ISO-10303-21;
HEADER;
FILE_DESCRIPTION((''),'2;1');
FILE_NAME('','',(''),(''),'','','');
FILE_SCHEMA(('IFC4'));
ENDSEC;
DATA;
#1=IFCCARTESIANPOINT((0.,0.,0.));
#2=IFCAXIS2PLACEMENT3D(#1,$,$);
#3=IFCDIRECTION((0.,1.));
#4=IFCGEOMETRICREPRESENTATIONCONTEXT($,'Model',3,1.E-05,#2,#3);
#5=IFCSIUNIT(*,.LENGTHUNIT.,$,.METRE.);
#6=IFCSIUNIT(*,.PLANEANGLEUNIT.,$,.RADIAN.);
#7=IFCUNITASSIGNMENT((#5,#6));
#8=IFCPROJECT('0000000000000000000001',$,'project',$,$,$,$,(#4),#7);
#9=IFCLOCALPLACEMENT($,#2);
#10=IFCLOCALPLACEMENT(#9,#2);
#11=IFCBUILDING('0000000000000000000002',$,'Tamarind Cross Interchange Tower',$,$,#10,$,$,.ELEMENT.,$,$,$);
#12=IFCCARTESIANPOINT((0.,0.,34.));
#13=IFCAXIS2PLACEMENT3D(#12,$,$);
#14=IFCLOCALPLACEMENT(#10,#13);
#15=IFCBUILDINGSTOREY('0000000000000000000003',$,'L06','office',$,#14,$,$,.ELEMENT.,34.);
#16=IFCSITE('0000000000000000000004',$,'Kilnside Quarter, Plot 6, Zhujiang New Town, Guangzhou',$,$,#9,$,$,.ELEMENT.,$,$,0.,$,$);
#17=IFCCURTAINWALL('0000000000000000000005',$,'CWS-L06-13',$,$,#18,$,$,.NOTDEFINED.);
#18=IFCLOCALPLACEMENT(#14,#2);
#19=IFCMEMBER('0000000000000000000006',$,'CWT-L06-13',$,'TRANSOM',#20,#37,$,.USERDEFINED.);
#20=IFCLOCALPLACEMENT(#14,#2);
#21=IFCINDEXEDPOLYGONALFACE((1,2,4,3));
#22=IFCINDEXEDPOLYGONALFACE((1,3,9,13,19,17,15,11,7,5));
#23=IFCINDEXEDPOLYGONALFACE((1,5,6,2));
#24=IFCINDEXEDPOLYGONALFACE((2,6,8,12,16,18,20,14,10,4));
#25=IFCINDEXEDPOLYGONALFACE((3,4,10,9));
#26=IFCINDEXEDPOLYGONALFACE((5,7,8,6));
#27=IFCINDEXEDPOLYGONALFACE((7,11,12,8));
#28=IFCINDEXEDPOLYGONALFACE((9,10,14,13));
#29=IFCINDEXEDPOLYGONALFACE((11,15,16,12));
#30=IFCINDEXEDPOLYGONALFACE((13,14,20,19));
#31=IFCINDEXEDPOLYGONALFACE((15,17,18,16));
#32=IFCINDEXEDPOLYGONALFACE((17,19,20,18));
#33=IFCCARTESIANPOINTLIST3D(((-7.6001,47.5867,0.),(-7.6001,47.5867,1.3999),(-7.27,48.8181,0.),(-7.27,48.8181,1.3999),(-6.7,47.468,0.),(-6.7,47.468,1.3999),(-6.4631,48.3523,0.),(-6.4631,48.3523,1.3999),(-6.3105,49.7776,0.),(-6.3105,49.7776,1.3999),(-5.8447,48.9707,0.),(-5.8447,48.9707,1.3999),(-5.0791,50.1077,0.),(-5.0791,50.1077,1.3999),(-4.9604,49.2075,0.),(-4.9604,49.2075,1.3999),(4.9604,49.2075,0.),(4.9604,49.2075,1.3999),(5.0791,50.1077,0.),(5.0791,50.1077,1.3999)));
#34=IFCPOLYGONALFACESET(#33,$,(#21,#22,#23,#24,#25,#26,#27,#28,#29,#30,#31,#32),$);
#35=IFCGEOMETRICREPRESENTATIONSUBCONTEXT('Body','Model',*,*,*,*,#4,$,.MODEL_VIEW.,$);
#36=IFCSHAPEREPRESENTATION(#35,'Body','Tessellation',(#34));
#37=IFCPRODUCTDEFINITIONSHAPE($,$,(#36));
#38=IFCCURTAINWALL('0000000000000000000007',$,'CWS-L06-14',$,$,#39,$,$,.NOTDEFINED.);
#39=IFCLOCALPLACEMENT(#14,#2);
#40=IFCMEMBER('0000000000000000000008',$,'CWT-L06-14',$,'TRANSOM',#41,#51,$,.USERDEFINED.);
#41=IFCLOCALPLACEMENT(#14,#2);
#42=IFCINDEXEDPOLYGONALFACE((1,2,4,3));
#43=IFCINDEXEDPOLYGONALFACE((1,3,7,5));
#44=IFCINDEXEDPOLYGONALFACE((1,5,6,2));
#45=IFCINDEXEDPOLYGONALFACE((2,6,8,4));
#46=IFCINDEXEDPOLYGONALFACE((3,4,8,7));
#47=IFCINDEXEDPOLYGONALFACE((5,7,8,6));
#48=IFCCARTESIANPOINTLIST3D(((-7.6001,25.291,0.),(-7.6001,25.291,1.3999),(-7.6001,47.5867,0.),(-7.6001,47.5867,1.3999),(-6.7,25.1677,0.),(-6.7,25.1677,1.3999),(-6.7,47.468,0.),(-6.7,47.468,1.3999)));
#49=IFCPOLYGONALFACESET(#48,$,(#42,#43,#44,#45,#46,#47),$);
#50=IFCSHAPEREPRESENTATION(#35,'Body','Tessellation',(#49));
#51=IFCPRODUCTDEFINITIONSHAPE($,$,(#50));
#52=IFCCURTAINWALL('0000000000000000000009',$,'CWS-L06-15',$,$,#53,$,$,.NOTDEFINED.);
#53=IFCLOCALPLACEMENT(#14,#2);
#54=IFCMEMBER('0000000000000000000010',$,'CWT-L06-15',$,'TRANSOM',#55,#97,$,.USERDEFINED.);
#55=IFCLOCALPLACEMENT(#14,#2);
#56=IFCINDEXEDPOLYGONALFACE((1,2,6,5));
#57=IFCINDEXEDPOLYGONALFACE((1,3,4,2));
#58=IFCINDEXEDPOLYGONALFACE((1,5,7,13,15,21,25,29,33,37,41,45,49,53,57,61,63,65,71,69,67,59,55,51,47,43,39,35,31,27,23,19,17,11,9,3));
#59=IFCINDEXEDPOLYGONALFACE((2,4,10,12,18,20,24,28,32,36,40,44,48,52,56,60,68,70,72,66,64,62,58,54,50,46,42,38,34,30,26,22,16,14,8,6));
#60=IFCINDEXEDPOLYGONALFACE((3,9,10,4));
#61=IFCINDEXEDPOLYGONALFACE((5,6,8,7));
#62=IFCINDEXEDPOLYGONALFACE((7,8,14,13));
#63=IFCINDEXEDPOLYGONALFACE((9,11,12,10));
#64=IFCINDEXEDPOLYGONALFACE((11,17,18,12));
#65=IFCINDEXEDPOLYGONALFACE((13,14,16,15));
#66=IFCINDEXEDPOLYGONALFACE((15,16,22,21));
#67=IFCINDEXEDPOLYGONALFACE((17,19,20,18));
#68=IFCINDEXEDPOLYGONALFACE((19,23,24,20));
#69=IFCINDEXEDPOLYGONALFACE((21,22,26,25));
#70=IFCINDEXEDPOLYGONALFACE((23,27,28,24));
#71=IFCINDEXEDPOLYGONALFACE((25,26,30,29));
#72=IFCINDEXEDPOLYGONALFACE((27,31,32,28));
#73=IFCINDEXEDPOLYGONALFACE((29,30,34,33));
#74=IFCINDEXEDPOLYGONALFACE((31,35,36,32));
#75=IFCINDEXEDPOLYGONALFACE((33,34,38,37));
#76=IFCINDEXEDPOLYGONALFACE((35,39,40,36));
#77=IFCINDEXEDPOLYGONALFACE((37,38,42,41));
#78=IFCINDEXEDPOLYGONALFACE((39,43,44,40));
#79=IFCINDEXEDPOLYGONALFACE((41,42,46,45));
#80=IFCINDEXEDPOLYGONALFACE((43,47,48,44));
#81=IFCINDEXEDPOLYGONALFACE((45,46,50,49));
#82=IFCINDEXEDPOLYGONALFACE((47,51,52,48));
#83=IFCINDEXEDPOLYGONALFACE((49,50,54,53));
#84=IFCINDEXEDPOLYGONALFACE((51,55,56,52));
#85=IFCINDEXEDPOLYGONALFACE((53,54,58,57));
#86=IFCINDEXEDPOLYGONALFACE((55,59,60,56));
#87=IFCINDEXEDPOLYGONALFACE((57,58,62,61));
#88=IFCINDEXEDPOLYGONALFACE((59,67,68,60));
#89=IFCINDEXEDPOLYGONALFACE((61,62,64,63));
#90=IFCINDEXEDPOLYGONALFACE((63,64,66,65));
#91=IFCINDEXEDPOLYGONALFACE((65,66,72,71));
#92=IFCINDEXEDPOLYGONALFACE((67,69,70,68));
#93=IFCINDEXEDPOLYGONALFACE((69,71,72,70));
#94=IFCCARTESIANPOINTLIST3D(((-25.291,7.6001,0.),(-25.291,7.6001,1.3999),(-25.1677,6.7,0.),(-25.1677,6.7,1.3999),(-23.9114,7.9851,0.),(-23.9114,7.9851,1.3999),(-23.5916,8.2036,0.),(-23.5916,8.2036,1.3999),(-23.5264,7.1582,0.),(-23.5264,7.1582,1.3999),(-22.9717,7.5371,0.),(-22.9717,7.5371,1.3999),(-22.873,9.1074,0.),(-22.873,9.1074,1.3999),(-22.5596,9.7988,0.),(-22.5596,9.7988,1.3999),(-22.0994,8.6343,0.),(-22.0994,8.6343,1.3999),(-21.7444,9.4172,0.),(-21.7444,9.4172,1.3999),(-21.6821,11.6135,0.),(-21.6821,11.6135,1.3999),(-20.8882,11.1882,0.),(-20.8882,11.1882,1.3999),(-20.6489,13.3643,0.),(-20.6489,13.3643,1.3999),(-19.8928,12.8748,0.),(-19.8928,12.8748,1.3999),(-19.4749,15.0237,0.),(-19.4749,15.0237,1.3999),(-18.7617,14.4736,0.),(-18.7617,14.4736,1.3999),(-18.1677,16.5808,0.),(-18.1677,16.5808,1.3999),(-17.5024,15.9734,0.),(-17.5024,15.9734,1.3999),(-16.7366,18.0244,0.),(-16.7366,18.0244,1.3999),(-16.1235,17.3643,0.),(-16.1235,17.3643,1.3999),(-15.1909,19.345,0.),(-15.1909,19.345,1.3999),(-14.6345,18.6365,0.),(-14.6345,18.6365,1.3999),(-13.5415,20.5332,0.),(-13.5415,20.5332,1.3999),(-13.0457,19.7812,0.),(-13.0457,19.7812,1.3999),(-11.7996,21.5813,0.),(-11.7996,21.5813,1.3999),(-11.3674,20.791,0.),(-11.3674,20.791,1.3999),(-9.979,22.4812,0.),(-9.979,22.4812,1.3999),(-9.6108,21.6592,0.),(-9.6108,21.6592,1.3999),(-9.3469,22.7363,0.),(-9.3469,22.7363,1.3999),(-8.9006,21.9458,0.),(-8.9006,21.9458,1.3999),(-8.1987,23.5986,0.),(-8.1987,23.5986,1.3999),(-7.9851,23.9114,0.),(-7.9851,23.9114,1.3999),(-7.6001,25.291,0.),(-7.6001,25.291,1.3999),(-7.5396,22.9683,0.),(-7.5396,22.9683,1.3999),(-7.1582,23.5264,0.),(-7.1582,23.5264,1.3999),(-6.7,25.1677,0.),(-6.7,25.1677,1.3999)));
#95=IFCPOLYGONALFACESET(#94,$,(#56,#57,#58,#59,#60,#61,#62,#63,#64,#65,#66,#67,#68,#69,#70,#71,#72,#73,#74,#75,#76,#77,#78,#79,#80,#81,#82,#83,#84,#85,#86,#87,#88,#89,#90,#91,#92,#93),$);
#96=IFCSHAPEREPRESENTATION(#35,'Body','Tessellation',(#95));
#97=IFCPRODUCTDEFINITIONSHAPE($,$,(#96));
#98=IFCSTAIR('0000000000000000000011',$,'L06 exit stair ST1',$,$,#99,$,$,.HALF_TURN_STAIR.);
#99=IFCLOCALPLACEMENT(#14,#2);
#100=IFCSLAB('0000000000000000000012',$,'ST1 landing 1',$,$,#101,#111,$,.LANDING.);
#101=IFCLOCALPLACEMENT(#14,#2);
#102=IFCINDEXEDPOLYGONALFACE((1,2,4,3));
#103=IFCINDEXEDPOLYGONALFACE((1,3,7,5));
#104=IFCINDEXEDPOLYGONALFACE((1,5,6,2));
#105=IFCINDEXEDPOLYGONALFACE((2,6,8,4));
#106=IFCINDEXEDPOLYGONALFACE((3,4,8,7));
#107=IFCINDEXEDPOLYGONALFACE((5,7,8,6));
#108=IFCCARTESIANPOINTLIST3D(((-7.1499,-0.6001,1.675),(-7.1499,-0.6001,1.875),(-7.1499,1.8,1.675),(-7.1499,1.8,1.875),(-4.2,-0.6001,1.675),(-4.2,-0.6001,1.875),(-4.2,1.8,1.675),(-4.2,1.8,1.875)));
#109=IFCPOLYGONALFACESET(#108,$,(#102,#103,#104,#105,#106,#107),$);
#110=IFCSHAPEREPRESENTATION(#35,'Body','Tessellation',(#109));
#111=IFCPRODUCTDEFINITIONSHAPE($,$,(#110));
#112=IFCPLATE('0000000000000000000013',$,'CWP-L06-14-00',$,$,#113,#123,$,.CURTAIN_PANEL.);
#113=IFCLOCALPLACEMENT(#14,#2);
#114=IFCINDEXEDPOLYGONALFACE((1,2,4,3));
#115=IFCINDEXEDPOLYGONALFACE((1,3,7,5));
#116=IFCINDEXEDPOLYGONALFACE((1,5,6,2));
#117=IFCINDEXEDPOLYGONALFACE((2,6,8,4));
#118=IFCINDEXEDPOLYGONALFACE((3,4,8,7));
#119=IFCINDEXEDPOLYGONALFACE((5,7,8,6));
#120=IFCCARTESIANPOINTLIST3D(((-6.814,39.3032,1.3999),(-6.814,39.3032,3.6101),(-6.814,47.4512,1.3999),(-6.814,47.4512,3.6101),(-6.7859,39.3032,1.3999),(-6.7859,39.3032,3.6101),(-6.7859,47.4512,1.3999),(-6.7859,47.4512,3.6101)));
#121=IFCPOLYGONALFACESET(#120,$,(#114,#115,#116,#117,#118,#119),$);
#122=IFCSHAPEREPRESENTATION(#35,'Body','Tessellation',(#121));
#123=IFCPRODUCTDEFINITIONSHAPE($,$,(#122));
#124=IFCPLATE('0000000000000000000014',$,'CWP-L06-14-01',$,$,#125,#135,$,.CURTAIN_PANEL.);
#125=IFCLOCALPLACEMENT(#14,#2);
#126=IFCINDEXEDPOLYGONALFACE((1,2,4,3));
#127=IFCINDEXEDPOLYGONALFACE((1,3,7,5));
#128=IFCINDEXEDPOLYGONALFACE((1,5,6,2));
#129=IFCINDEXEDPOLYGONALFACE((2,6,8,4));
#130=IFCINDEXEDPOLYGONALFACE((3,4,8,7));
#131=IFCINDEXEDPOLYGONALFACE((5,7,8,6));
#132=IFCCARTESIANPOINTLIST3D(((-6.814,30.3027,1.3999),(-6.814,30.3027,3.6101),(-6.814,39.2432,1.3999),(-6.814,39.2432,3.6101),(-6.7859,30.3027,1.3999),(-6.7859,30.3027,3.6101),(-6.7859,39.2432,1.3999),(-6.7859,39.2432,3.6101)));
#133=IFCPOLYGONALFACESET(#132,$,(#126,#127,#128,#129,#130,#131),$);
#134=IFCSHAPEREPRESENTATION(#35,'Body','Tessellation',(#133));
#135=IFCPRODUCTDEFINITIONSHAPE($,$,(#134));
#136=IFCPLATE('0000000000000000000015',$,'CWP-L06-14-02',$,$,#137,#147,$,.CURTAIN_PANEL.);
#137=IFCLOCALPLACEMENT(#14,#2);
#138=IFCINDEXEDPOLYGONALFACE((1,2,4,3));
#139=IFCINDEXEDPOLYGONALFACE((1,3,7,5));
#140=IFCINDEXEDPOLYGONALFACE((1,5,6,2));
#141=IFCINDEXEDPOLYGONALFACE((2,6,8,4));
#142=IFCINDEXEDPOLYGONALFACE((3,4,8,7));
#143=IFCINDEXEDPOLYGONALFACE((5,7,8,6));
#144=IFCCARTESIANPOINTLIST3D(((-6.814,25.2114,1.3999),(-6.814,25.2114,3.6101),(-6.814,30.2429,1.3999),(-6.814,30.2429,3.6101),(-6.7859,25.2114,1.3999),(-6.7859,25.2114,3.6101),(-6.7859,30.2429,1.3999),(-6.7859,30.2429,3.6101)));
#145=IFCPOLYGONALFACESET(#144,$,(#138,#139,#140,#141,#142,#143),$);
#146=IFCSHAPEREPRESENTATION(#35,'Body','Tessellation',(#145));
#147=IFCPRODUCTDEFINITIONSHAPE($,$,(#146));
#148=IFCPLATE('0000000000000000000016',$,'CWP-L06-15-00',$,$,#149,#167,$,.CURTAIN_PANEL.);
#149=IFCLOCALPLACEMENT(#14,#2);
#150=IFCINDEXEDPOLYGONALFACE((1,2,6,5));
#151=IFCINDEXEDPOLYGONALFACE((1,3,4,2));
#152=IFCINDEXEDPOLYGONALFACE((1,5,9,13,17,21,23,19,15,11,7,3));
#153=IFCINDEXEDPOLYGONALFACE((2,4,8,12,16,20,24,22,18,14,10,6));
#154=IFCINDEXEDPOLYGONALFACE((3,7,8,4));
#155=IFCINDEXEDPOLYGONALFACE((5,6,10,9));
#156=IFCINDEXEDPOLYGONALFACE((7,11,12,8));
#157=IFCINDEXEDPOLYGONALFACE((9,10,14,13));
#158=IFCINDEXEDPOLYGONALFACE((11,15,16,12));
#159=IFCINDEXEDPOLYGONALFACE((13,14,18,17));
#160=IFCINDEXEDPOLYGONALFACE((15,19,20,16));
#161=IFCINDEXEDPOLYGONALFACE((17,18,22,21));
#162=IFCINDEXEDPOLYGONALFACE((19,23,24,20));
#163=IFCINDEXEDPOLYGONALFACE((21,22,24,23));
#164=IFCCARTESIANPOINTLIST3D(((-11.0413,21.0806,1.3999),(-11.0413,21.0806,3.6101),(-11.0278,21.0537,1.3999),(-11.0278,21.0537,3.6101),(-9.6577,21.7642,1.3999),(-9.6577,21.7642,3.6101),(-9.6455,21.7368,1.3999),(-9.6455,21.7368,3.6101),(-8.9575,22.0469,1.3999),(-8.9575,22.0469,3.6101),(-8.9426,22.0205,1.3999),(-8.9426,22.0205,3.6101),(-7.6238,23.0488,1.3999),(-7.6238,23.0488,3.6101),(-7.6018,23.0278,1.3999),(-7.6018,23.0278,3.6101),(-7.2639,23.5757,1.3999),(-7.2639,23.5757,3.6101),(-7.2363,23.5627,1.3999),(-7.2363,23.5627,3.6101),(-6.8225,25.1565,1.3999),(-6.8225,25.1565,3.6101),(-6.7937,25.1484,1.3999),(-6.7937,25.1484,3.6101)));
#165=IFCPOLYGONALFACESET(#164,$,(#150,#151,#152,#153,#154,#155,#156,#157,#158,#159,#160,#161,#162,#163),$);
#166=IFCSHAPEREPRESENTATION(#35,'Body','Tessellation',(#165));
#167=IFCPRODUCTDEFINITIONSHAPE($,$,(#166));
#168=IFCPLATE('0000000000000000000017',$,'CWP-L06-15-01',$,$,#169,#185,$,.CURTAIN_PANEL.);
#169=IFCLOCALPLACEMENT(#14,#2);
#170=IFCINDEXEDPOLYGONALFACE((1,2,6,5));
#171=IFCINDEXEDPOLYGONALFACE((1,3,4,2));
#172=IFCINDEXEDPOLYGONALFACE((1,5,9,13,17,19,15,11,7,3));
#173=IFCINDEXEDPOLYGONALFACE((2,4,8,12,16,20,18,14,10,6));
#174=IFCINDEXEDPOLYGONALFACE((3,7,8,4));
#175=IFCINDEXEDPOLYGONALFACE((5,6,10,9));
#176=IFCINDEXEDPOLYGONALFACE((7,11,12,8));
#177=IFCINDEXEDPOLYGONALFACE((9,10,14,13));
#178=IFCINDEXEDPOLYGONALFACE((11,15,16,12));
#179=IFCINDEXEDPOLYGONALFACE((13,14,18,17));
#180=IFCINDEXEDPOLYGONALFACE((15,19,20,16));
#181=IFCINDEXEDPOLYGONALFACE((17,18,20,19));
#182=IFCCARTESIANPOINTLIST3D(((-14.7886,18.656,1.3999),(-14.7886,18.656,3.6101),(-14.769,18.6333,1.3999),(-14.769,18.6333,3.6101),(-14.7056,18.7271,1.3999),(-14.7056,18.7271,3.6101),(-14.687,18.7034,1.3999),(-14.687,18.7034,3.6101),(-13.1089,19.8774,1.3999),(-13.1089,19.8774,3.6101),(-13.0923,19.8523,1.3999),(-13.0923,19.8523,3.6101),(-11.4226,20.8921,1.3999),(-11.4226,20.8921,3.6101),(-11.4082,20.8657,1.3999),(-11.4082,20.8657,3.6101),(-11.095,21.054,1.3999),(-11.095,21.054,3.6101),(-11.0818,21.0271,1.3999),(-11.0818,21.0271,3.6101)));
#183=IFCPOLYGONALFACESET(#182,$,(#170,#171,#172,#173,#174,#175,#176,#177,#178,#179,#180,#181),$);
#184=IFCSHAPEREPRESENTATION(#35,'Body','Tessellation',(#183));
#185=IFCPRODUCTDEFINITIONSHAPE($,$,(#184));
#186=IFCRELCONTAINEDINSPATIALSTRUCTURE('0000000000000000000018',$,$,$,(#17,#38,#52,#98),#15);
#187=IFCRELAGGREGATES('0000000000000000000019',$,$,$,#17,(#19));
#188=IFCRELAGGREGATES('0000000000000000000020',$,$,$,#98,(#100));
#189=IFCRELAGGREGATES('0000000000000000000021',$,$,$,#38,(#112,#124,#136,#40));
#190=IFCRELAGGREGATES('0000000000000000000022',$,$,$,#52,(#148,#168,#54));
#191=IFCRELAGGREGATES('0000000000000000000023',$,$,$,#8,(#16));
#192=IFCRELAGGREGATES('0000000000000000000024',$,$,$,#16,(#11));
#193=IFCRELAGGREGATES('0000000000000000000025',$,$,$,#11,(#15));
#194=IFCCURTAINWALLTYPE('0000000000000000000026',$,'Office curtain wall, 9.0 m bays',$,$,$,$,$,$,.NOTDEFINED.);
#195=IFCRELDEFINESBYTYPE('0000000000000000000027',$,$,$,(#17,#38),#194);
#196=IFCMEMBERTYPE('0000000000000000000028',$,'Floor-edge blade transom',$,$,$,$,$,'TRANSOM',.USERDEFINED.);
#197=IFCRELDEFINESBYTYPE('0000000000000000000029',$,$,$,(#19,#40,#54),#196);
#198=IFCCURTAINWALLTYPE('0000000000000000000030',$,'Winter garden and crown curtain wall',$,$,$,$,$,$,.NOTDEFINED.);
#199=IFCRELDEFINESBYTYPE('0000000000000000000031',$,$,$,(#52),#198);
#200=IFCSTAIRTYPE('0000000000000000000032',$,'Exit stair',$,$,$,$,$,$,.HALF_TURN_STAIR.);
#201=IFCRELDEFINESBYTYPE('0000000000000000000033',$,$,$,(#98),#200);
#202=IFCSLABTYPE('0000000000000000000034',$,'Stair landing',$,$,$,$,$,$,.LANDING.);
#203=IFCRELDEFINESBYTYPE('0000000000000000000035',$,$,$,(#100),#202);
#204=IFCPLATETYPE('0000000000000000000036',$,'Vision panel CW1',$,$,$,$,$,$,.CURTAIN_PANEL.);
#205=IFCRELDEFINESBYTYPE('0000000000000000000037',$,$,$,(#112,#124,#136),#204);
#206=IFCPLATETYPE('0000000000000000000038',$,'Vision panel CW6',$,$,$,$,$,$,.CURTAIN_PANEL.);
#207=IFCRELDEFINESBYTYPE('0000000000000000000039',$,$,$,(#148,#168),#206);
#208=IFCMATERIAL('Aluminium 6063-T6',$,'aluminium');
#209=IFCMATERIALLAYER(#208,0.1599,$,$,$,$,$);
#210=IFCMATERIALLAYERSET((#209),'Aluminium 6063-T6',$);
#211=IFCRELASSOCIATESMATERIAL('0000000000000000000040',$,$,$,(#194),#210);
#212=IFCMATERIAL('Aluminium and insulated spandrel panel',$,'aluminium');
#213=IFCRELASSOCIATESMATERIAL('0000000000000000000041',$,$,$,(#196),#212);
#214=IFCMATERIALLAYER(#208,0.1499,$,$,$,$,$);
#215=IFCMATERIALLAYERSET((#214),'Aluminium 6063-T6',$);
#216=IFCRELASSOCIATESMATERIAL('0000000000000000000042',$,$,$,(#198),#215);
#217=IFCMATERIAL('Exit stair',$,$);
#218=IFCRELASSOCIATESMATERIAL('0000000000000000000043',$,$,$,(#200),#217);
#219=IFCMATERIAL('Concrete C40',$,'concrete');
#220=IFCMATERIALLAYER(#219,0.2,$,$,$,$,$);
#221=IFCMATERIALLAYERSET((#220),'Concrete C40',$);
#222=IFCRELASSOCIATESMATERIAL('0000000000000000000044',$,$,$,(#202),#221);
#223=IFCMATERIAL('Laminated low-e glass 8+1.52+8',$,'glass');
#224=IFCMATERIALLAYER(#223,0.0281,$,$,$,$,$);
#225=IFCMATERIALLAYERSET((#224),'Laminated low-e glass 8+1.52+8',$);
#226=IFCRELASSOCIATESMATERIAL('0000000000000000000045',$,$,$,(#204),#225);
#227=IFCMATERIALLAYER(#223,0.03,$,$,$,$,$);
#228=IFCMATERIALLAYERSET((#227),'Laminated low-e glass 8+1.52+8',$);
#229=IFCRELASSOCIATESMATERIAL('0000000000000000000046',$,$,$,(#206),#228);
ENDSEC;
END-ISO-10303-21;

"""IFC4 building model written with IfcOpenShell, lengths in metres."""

from ifc_helpers import new_model, si_unit, direction, frame, origin, place, context, subcontext, project, spatial, polyline, outline, extrude, material, layer, layer_set, type_object, element, aggregate, save


model = new_model("IFC4")

# Units and contexts
model_context = context("Model", 3, precision=1e-05, world=origin(), true_north=direction((0.0, 1.0)))
body_context = subcontext(model_context, "Body", "Model", "MODEL_VIEW")
ifc_project = project(units=[si_unit("LENGTHUNIT", "METRE"), si_unit("PLANEANGLEUNIT", "RADIAN")], contexts=[model_context])

# Site, building, storey
site_placement = place(None, origin())
site = spatial("IfcSite", under=ifc_project, at=site_placement, Name="Kilnside Quarter, Plot 6, Zhujiang New Town, Guangzhou", CompositionType="ELEMENT", RefElevation=0.0)
building_placement = place(site_placement, origin())
building = spatial("IfcBuilding", under=site, at=building_placement, Name="Tamarind Cross Interchange Tower", CompositionType="ELEMENT")
storey_placement = place(building_placement, frame((0.0, 0.0, 34.0)))
storey = spatial("IfcBuildingStorey", under=building, at=storey_placement, Name="L06", Description="office", CompositionType="ELEMENT", Elevation=34.0)

# Curtain walls, members
ifc_material_1 = material(Name="Aluminium 6063-T6", Category="aluminium")
ifc_layer_1 = layer(ifc_material_1, 0.1599)
ifc_layer_set_1 = layer_set([ifc_layer_1], Name="Aluminium 6063-T6")
curtain_wall_type_1 = type_object("IfcCurtainWallType", Name="Office curtain wall, 9.0 m bays", PredefinedType="NOTDEFINED", material=ifc_layer_set_1)
curtain_wall_1_placement = place(storey_placement, origin())
curtain_wall_1 = element("IfcCurtainWall", 1, at=curtain_wall_1_placement, inside=storey, type_object=curtain_wall_type_1, Name="CWS-L06-13", PredefinedType="NOTDEFINED")
ifc_material_2 = material(Name="Aluminium and insulated spandrel panel", Category="aluminium")
member_type = type_object("IfcMemberType", Name="Floor-edge blade transom", ElementType="TRANSOM", PredefinedType="USERDEFINED", material=ifc_material_2)
member_1_placement = place(storey_placement, origin())
member_1 = element("IfcMember", 2, at=member_1_placement, type_object=member_type, Name="CWT-L06-13", ObjectType="TRANSOM", PredefinedType="USERDEFINED", context=body_context, shape_type="SweptSolid", body=[
    extrude(outline(polyline([(4.9604, 49.2075), (-4.9604, 49.2075), (-5.8447, 48.9707), (-6.4631, 48.3523), (-6.7, 47.468), (-7.6001, 47.5867), (-7.27, 48.8181), (-6.3105, 49.7776), (-5.0791, 50.1077), (5.0791, 50.1077), (4.9604, 49.2075)])), origin(), (0.0, 0.0, 1.0), 1.3999),
])
aggregate(curtain_wall_1, [member_1])
curtain_wall_2_placement = place(storey_placement, origin())
curtain_wall_2 = element("IfcCurtainWall", 3, at=curtain_wall_2_placement, inside=storey, type_object=curtain_wall_type_1, Name="CWS-L06-14", PredefinedType="NOTDEFINED")
member_2_placement = place(storey_placement, origin())
member_2 = element("IfcMember", 4, at=member_2_placement, type_object=member_type, Name="CWT-L06-14", ObjectType="TRANSOM", PredefinedType="USERDEFINED", context=body_context, shape_type="SweptSolid", body=[
    extrude(outline(polyline([(-6.7, 47.468), (-6.7, 25.1677), (-7.6001, 25.291), (-7.6001, 47.5867), (-6.7, 47.468)])), origin(), (0.0, 0.0, 1.0), 1.3999),
])
ifc_layer_2 = layer(ifc_material_1, 0.1499)
ifc_layer_set_2 = layer_set([ifc_layer_2], Name="Aluminium 6063-T6")
curtain_wall_type_2 = type_object("IfcCurtainWallType", Name="Winter garden and crown curtain wall", PredefinedType="NOTDEFINED", material=ifc_layer_set_2)
curtain_wall_3_placement = place(storey_placement, origin())
curtain_wall_3 = element("IfcCurtainWall", 5, at=curtain_wall_3_placement, inside=storey, type_object=curtain_wall_type_2, Name="CWS-L06-15", PredefinedType="NOTDEFINED")
member_3_placement = place(storey_placement, origin())
member_3 = element("IfcMember", 6, at=member_3_placement, type_object=member_type, Name="CWT-L06-15", ObjectType="TRANSOM", PredefinedType="USERDEFINED", context=body_context, shape_type="SweptSolid", body=[
    extrude(outline(polyline([(-6.7, 25.1677), (-7.1582, 23.5264), (-7.5396, 22.9683), (-8.9006, 21.9458), (-9.6108, 21.6592), (-11.3674, 20.791), (-13.0457, 19.7812), (-14.6345, 18.6365), (-16.1235, 17.3643), (-17.5024, 15.9734), (-18.7617, 14.4736), (-19.8928, 12.8748), (-20.8882, 11.1882), (-21.7444, 9.4172), (-22.0994, 8.6343), (-22.9717, 7.5371), (-23.5264, 7.1582), (-25.1677, 6.7), (-25.291, 7.6001), (-23.9114, 7.9851), (-23.5916, 8.2036), (-22.873, 9.1074), (-22.5596, 9.7988), (-21.6821, 11.6135), (-20.6489, 13.3643), (-19.4749, 15.0237), (-18.1677, 16.5808), (-16.7366, 18.0244), (-15.1909, 19.345), (-13.5415, 20.5332), (-11.7996, 21.5813), (-9.979, 22.4812), (-9.3469, 22.7363), (-8.1987, 23.5986), (-7.9851, 23.9114), (-7.6001, 25.291), (-6.7, 25.1677)])), origin(), (0.0, 0.0, 1.0), 1.3999),
])

# Stair, slab
ifc_material_3 = material(Name="Exit stair")
stair_type = type_object("IfcStairType", Name="Exit stair", PredefinedType="HALF_TURN_STAIR", material=ifc_material_3)
stair_placement = place(storey_placement, origin())
stair = element("IfcStair", 7, at=stair_placement, inside=storey, type_object=stair_type, Name="L06 exit stair ST1", PredefinedType="HALF_TURN_STAIR")
ifc_material_4 = material(Name="Concrete C40", Category="concrete")
ifc_layer_3 = layer(ifc_material_4, 0.2)
ifc_layer_set_3 = layer_set([ifc_layer_3], Name="Concrete C40")
slab_type = type_object("IfcSlabType", Name="Stair landing", PredefinedType="LANDING", material=ifc_layer_set_3)
slab_placement = place(storey_placement, frame((0.0, 0.0, 1.675)))
slab = element("IfcSlab", 8, at=slab_placement, type_object=slab_type, Name="ST1 landing 1", PredefinedType="LANDING", context=body_context, shape_type="SweptSolid", body=[
    extrude(outline(polyline([(-4.2, -0.6001), (-4.2, 1.8), (-7.1499, 1.8), (-7.1499, -0.6001), (-4.2, -0.6001)])), origin(), (0.0, 0.0, 1.0), 0.2),
])
aggregate(stair, [slab])

# Plates
ifc_material_5 = material(Name="Laminated low-e glass 8+1.52+8", Category="glass")
ifc_layer_4 = layer(ifc_material_5, 0.0281)
ifc_layer_set_4 = layer_set([ifc_layer_4], Name="Laminated low-e glass 8+1.52+8")
plate_type_1 = type_object("IfcPlateType", Name="Vision panel CW1", PredefinedType="CURTAIN_PANEL", material=ifc_layer_set_4)
plate_1_placement = place(storey_placement, frame((0.0, 0.0, 1.3999)))
plate_1 = element("IfcPlate", 9, at=plate_1_placement, type_object=plate_type_1, Name="CWP-L06-14-00", PredefinedType="CURTAIN_PANEL", context=body_context, shape_type="SweptSolid", body=[
    extrude(outline(polyline([(-6.7859, 47.4512), (-6.7859, 39.3032), (-6.814, 39.3032), (-6.814, 47.4512), (-6.7859, 47.4512)])), origin(), (0.0, 0.0, 1.0), 2.2102),
])
plate_2_placement = place(storey_placement, frame((0.0, 0.0, 1.3999)))
plate_2 = element("IfcPlate", 10, at=plate_2_placement, type_object=plate_type_1, Name="CWP-L06-14-01", PredefinedType="CURTAIN_PANEL", context=body_context, shape_type="SweptSolid", body=[
    extrude(outline(polyline([(-6.7859, 39.2432), (-6.7859, 30.3027), (-6.814, 30.3027), (-6.814, 39.2432), (-6.7859, 39.2432)])), origin(), (0.0, 0.0, 1.0), 2.2102),
])
plate_3_placement = place(storey_placement, frame((0.0, 0.0, 1.3999)))
plate_3 = element("IfcPlate", 11, at=plate_3_placement, type_object=plate_type_1, Name="CWP-L06-14-02", PredefinedType="CURTAIN_PANEL", context=body_context, shape_type="SweptSolid", body=[
    extrude(outline(polyline([(-6.7859, 30.2429), (-6.7859, 25.2114), (-6.814, 25.2114), (-6.814, 30.2429), (-6.7859, 30.2429)])), origin(), (0.0, 0.0, 1.0), 2.2102),
])
aggregate(curtain_wall_2, [plate_1, plate_2, plate_3, member_2])
ifc_layer_5 = layer(ifc_material_5, 0.03)
ifc_layer_set_5 = layer_set([ifc_layer_5], Name="Laminated low-e glass 8+1.52+8")
plate_type_2 = type_object("IfcPlateType", Name="Vision panel CW6", PredefinedType="CURTAIN_PANEL", material=ifc_layer_set_5)
plate_4_placement = place(storey_placement, frame((0.0, 0.0, 1.3999)))
plate_4 = element("IfcPlate", 12, at=plate_4_placement, type_object=plate_type_2, Name="CWP-L06-15-00", PredefinedType="CURTAIN_PANEL", context=body_context, shape_type="SweptSolid", body=[
    extrude(outline(polyline([(-6.7937, 25.1484), (-7.2363, 23.5627), (-7.6018, 23.0278), (-8.9426, 22.0205), (-9.6455, 21.7368), (-11.0278, 21.0537), (-11.0413, 21.0806), (-9.6577, 21.7642), (-8.9575, 22.0469), (-7.6238, 23.0488), (-7.2639, 23.5757), (-6.8225, 25.1565), (-6.7937, 25.1484)])), origin(), (0.0, 0.0, 1.0), 2.2102),
])
plate_5_placement = place(storey_placement, frame((0.0, 0.0, 1.3999)))
plate_5 = element("IfcPlate", 13, at=plate_5_placement, type_object=plate_type_2, Name="CWP-L06-15-01", PredefinedType="CURTAIN_PANEL", context=body_context, shape_type="SweptSolid", body=[
    extrude(outline(polyline([(-11.0818, 21.0271), (-11.4082, 20.8657), (-13.0923, 19.8523), (-14.687, 18.7034), (-14.769, 18.6333), (-14.7886, 18.656), (-14.7056, 18.7271), (-13.1089, 19.8774), (-11.4226, 20.8921), (-11.095, 21.054), (-11.0818, 21.0271)])), origin(), (0.0, 0.0, 1.0), 2.2102),
])
aggregate(curtain_wall_3, [plate_4, plate_5, member_3])

save(model, "model.ifc")
